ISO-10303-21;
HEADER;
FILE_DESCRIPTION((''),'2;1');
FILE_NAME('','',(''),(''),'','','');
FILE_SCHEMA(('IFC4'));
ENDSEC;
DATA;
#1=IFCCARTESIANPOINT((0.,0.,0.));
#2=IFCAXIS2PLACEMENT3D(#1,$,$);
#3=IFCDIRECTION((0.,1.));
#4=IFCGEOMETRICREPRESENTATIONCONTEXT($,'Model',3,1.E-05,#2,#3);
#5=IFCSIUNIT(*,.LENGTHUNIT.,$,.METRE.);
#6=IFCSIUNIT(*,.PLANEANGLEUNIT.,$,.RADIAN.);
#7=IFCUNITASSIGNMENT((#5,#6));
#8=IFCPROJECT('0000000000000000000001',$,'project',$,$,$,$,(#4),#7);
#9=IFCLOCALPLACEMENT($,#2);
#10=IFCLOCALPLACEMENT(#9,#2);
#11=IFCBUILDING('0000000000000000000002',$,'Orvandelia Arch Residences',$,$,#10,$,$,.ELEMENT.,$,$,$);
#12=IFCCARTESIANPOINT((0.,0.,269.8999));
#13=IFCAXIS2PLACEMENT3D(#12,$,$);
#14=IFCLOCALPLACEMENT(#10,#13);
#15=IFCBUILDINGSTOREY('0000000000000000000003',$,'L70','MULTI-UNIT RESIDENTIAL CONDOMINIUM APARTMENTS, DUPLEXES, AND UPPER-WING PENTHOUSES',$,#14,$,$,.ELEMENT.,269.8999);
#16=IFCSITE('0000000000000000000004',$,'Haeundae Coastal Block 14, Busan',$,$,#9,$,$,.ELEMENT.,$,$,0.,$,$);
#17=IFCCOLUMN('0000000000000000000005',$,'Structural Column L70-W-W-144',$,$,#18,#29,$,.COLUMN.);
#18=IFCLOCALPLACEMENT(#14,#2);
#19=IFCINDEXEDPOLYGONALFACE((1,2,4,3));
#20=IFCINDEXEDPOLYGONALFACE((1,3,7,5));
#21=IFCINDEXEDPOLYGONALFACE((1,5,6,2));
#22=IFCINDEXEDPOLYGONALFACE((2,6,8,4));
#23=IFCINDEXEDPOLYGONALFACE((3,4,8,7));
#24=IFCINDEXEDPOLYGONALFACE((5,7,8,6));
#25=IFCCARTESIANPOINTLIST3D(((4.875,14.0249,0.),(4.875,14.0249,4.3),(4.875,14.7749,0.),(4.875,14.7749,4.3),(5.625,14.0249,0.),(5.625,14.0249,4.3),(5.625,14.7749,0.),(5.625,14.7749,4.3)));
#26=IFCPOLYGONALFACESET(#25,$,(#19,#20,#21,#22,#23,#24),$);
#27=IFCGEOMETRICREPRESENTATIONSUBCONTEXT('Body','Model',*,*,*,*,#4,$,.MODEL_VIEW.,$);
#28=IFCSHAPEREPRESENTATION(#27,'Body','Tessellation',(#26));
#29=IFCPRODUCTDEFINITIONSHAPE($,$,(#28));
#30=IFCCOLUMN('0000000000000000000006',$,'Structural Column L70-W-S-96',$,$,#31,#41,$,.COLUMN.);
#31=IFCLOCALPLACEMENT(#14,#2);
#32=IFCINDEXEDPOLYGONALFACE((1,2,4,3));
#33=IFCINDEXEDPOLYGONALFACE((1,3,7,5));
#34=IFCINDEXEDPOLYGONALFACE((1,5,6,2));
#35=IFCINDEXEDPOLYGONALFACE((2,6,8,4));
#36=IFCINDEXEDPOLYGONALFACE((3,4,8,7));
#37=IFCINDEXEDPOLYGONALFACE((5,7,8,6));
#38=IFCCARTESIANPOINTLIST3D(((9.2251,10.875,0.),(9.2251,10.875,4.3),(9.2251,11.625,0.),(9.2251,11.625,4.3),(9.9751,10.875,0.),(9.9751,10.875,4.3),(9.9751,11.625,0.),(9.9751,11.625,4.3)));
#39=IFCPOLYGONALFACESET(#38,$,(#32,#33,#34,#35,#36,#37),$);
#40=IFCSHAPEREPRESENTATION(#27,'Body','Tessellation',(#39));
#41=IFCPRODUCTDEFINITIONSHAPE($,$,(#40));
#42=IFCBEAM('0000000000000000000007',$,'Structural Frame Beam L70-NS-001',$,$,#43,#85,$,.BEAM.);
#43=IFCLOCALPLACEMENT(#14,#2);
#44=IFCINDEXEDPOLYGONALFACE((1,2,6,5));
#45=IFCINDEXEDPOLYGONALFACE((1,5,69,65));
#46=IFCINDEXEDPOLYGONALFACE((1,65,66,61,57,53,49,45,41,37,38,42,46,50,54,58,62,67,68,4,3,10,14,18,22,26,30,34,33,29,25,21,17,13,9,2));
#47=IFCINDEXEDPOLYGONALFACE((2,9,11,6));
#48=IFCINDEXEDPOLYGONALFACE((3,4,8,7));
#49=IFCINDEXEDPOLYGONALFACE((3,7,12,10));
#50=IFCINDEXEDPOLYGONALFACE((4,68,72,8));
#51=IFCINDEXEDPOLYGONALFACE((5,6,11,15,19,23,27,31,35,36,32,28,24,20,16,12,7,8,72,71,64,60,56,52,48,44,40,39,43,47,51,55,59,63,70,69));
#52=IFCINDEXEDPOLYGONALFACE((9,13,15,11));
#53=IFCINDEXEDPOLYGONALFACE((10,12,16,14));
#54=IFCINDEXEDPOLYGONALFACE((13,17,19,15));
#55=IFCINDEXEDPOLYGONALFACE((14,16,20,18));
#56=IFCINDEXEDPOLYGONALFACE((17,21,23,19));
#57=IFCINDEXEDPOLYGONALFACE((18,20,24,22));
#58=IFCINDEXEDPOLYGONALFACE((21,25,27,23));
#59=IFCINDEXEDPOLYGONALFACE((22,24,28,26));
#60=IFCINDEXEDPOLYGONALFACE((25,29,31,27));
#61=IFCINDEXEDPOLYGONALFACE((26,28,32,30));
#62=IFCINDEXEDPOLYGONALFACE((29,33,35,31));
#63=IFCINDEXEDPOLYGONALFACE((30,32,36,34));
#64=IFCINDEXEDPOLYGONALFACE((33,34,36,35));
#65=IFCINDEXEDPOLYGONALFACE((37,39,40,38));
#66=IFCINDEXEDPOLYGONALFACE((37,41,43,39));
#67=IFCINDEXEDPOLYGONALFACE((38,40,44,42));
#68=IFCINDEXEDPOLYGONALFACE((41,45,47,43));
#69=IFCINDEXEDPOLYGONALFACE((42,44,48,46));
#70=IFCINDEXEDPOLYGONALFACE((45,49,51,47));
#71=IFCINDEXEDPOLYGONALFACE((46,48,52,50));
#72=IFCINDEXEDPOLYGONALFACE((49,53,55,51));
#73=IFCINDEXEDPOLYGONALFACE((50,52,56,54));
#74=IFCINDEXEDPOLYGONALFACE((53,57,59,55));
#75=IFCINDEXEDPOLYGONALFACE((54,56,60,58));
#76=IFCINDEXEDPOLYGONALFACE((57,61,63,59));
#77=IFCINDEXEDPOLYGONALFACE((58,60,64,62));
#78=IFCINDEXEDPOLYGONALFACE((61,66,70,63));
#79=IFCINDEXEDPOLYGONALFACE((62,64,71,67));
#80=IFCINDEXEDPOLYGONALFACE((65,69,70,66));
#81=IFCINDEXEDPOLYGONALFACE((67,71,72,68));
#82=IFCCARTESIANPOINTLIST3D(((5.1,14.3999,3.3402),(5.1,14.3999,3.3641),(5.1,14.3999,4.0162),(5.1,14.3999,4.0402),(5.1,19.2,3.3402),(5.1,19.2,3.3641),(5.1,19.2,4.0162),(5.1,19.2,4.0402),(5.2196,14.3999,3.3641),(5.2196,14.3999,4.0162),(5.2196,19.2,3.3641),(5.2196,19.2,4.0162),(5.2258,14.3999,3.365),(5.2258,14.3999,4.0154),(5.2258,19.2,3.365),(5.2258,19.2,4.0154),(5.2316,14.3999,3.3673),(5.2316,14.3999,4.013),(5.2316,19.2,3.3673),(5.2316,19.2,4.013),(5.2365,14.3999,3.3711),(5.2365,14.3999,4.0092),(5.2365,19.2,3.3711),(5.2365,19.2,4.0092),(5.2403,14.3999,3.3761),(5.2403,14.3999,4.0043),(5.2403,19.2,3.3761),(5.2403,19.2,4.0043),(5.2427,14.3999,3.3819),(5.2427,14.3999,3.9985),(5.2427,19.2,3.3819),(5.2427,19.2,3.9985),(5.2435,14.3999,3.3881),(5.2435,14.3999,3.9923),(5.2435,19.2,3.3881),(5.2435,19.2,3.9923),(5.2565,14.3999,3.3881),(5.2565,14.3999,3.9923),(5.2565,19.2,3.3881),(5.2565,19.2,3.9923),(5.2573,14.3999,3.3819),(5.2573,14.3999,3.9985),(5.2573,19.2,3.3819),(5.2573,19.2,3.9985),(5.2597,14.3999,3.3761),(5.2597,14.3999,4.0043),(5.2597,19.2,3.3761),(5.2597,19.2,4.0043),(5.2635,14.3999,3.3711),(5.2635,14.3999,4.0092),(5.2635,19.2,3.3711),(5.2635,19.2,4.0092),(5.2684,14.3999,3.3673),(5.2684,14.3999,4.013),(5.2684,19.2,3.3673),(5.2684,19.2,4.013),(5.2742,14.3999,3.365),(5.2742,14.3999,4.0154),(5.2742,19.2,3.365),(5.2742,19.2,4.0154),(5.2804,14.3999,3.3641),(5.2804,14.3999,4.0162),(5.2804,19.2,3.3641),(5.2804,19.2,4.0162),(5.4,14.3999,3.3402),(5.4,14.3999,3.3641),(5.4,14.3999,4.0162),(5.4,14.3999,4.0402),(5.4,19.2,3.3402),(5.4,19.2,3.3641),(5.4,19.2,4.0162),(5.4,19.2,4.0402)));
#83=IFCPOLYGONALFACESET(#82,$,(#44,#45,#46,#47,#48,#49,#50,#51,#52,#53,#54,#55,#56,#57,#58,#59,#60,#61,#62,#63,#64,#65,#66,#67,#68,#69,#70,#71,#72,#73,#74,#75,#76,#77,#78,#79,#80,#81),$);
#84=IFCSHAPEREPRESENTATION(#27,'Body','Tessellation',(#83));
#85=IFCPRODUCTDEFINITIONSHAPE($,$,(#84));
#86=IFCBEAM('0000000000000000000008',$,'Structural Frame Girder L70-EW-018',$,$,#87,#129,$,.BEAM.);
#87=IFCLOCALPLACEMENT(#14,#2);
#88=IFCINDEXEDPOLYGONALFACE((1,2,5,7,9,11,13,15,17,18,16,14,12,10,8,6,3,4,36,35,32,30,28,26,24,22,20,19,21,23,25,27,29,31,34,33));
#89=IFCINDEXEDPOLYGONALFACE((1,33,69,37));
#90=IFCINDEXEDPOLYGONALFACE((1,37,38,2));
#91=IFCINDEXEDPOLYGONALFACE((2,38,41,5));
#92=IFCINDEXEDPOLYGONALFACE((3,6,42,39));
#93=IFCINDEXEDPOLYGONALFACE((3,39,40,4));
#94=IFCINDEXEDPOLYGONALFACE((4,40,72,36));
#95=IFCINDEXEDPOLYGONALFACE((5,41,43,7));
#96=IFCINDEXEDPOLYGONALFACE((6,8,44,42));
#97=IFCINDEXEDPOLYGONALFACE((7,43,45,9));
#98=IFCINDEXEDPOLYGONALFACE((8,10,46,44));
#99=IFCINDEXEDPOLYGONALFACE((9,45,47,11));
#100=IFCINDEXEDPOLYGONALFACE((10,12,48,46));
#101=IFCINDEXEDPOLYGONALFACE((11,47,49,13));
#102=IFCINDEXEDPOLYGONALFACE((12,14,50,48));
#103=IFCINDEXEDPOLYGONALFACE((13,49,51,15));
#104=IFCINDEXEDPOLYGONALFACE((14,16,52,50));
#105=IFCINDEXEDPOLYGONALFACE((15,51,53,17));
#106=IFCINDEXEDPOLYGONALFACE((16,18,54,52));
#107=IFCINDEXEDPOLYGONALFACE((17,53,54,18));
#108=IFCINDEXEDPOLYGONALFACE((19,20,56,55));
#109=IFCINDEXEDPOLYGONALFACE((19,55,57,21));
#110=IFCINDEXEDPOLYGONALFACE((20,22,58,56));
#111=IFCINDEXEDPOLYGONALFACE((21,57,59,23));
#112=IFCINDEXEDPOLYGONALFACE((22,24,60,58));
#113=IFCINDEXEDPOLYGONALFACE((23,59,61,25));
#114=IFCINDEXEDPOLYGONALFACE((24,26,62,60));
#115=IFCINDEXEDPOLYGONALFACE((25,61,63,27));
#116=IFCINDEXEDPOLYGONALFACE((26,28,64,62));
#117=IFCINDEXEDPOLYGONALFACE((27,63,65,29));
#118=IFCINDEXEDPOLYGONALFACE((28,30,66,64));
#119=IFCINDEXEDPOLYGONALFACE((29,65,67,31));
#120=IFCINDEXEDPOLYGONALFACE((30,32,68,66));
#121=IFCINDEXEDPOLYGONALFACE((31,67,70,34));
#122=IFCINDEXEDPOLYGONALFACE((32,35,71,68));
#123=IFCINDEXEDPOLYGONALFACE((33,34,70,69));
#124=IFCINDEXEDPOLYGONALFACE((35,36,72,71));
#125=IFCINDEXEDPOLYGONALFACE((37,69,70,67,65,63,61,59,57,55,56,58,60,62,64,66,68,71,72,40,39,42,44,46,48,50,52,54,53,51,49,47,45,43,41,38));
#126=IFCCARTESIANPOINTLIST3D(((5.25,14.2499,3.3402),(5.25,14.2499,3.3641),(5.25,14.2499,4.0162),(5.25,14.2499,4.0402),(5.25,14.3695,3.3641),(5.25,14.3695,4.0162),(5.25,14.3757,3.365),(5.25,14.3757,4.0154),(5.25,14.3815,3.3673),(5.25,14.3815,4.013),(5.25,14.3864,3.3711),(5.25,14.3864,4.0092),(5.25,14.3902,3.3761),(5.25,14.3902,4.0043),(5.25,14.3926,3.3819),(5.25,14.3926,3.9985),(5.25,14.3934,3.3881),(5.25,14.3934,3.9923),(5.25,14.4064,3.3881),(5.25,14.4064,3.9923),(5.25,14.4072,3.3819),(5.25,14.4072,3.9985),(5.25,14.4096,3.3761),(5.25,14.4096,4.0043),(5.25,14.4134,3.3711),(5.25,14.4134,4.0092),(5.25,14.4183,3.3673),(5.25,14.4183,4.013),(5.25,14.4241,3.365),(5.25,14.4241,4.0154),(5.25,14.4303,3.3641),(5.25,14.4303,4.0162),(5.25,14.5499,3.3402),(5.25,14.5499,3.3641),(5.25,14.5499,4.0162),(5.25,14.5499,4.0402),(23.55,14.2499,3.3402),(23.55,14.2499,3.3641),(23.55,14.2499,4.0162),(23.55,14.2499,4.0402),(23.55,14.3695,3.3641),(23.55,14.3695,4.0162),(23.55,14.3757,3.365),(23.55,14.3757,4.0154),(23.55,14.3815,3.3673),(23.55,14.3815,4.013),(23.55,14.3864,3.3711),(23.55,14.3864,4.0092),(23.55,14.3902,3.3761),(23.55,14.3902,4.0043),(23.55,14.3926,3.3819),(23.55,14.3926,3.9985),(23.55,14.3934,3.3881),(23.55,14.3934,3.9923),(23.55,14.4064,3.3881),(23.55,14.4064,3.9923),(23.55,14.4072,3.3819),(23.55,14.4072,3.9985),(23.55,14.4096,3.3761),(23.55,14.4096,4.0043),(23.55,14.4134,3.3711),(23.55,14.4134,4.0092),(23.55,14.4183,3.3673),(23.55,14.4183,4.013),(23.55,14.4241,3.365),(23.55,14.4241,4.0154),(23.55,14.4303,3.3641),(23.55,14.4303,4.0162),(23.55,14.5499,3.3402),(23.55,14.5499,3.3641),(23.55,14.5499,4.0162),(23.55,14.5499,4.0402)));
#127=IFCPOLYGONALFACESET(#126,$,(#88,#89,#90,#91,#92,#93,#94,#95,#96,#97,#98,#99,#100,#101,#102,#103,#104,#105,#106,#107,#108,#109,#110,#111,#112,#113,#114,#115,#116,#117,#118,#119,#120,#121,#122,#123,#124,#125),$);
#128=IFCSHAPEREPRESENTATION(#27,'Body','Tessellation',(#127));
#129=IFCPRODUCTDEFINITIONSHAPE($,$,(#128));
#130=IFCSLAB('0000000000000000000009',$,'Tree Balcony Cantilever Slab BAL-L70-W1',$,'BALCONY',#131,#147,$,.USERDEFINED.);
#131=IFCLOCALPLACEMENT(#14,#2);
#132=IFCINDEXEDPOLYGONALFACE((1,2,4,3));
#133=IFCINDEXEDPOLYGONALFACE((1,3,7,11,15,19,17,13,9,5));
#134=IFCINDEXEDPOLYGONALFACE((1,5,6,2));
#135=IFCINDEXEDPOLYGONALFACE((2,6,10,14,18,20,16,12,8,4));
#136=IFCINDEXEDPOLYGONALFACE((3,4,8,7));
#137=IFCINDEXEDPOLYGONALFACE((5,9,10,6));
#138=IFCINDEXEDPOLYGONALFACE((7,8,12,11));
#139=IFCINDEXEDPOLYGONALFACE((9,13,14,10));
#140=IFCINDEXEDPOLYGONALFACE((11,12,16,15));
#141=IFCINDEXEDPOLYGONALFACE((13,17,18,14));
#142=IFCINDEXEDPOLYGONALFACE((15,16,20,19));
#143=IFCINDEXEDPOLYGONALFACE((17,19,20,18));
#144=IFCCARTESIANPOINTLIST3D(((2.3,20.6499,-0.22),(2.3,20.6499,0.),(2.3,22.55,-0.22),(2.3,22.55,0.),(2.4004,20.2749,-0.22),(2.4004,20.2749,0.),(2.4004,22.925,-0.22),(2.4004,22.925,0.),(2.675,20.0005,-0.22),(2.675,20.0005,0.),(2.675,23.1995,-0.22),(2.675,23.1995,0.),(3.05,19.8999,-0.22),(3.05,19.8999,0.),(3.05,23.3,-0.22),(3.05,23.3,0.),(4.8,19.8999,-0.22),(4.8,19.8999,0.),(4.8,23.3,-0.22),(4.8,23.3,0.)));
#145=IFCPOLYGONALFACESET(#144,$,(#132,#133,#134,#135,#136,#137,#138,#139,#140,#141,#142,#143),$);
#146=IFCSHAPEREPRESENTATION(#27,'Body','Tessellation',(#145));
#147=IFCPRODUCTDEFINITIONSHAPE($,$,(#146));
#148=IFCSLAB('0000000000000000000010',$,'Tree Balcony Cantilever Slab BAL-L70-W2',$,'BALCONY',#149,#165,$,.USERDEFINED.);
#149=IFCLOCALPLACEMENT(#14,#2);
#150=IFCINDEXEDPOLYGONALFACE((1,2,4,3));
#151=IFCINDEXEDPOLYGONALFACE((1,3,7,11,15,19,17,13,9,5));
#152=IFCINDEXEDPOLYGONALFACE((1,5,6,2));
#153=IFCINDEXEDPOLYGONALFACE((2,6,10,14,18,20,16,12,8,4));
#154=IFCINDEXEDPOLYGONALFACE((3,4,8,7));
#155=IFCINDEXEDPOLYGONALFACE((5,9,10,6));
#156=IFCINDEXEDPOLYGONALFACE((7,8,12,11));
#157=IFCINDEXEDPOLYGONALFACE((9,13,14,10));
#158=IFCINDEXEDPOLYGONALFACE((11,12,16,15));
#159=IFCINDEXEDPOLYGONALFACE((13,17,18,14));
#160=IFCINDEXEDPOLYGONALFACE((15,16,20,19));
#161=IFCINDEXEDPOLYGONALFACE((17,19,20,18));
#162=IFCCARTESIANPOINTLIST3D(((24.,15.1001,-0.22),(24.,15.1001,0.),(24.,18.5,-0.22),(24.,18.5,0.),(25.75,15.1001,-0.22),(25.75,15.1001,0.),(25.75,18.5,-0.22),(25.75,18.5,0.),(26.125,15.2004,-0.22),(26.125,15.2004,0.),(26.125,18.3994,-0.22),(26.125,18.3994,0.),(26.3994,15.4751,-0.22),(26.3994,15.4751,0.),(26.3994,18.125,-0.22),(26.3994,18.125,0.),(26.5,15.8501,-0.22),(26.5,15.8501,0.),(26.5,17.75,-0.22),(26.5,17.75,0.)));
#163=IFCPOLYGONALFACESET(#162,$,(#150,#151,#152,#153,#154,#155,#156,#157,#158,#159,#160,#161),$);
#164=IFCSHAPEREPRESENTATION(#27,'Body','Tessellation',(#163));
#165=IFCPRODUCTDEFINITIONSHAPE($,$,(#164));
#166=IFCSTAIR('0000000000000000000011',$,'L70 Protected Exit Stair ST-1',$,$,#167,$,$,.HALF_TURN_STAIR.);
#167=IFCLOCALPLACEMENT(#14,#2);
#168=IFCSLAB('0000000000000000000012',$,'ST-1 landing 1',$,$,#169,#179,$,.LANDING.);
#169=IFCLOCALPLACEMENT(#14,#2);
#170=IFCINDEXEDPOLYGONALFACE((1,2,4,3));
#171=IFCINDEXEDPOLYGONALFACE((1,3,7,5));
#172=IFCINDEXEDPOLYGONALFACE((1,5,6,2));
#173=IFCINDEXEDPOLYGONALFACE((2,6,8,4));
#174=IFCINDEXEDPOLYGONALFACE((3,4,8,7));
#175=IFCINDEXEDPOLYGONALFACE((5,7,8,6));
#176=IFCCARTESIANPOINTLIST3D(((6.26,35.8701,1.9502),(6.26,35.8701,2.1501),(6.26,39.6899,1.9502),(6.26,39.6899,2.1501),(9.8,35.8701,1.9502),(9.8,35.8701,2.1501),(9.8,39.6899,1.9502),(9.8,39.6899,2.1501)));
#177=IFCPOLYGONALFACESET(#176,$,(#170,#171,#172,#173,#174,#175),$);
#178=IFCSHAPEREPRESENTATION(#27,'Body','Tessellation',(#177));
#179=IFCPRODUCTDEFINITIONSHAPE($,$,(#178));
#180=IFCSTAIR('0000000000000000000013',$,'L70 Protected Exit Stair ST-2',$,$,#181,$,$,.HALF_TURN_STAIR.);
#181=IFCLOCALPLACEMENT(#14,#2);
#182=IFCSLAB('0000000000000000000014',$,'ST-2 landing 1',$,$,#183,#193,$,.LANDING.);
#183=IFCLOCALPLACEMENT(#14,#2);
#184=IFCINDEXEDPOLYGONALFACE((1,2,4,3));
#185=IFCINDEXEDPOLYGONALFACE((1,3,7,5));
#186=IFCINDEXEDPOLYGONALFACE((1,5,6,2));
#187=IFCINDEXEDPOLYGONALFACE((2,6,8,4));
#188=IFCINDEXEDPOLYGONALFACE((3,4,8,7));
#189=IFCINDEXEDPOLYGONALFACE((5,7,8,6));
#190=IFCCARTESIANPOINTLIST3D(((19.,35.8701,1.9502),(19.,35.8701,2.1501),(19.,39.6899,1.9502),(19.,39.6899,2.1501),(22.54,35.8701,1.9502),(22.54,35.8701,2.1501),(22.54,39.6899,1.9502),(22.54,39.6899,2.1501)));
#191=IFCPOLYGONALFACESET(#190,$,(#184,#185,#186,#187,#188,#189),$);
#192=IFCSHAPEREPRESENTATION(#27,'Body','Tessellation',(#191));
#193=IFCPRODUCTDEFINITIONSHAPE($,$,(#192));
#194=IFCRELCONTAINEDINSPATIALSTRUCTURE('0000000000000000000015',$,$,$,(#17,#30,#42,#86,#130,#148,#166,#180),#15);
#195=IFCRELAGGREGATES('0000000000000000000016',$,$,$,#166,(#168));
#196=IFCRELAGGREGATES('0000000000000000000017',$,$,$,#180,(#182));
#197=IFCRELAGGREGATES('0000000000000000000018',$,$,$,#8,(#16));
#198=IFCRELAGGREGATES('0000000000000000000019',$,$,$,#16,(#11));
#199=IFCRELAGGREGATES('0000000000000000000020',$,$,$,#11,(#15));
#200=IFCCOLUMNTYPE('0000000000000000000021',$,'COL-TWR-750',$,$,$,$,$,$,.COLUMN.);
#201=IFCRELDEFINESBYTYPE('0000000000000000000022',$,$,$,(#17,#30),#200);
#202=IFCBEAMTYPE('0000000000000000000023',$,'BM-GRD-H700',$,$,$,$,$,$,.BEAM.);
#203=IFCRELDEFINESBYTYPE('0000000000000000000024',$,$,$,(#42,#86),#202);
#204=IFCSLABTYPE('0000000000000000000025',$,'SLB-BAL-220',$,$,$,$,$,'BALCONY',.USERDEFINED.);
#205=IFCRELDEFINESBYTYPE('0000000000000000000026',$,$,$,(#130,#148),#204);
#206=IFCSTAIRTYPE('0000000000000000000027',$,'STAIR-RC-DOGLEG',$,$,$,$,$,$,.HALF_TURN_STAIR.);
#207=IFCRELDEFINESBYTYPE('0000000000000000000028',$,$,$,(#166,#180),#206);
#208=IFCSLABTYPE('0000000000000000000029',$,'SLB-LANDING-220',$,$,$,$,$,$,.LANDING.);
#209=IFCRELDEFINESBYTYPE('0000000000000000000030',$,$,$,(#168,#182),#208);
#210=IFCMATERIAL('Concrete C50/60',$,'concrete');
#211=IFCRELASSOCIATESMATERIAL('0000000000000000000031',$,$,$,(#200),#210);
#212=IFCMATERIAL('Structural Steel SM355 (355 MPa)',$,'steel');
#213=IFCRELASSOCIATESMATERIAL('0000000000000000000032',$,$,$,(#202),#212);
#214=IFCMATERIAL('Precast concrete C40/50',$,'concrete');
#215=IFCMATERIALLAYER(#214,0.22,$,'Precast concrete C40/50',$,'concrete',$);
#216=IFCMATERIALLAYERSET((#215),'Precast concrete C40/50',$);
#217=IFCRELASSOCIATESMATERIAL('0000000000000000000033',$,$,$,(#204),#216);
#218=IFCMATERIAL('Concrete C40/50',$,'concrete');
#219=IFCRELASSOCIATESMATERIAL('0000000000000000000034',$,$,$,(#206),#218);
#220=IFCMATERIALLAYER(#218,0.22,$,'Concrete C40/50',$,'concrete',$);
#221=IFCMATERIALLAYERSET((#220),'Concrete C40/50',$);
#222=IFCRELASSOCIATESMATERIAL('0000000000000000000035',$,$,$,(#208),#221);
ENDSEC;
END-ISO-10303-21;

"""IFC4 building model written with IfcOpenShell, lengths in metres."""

from ifc_helpers import new_model, si_unit, direction, frame, origin, origin_2d, place, context, subcontext, project, spatial, polyline, rectangle, i_section, outline, extrude, material, layer, layer_set, material_profile, profile_set, type_object, element, aggregate, save


model = new_model("IFC4")

# Units and contexts
model_context = context("Model", 3, precision=1e-05, world=origin(), true_north=direction((0.0, 1.0)))
body_context = subcontext(model_context, "Body", "Model", "MODEL_VIEW")
ifc_project = project(units=[si_unit("LENGTHUNIT", "METRE"), si_unit("PLANEANGLEUNIT", "RADIAN")], contexts=[model_context])

# Site, building, storey
site_placement = place(None, origin())
site = spatial("IfcSite", under=ifc_project, at=site_placement, Name="Haeundae Coastal Block 14, Busan", CompositionType="ELEMENT", RefElevation=0.0)
building_placement = place(site_placement, origin())
building = spatial("IfcBuilding", under=site, at=building_placement, Name="Orvandelia Arch Residences", CompositionType="ELEMENT")
storey_placement = place(building_placement, frame((0.0, 0.0, 269.8999)))
storey = spatial("IfcBuildingStorey", under=building, at=storey_placement, Name="L70", Description="MULTI-UNIT RESIDENTIAL CONDOMINIUM APARTMENTS, DUPLEXES, AND UPPER-WING PENTHOUSES", CompositionType="ELEMENT", Elevation=269.8999)

# Columns
ifc_material_1 = material(Name="Concrete C50/60", Category="concrete")
ifc_material_profile_1 = material_profile(ifc_material_1, rectangle(XDim=0.75, YDim=0.75, at=origin_2d()), Name="Concrete C50/60", Category="concrete")
ifc_profile_set_1 = profile_set([ifc_material_profile_1], Name="Concrete C50/60")
column_type = type_object("IfcColumnType", Name="COL-TWR-750", PredefinedType="COLUMN", material=ifc_profile_set_1)
for number, where, z_axis, x_axis, name in (
    (1, (5.25, 14.3999, 0.0), (0.0, 0.0, 1.0), (1.0, 0.0, 0.0), "Structural Column L70-W-W-144"),
    (2, (9.6001, 11.25, 0.0), (0.0, 0.0, 1.0), (1.0, 0.0, 0.0), "Structural Column L70-W-S-96"),
):
    element("IfcColumn", number, at=place(storey_placement, frame(where, z_axis=z_axis, x_axis=x_axis)), inside=storey, type_object=column_type, Name=name, PredefinedType="COLUMN", context=body_context, shape_type="SweptSolid", body=[
        extrude(rectangle(XDim=0.75, YDim=0.75, at=origin_2d()), origin(), (0.0, 0.0, 1.0), 4.3),
    ])

# Beams
ifc_material_2 = material(Name="Structural Steel SM355 (355 MPa)", Category="steel")
ifc_material_profile_2 = material_profile(ifc_material_2, i_section(OverallWidth=0.3, OverallDepth=0.7, WebThickness=0.0129, FlangeThickness=0.0239, FilletRadius=0.0239, at=origin_2d()), Name="Structural Steel SM355 (355 MPa)", Category="steel")
ifc_profile_set_2 = profile_set([ifc_material_profile_2], Name="Structural Steel SM355 (355 MPa)")
beam_type = type_object("IfcBeamType", Name="BM-GRD-H700", PredefinedType="BEAM", material=ifc_profile_set_2)
beam_1_placement = place(storey_placement, frame((5.25, 14.3999, 3.6902), z_axis=(0.0, 1.0, 0.0), x_axis=(-1.0, 0.0, 0.0)))
element("IfcBeam", 3, at=beam_1_placement, inside=storey, type_object=beam_type, Name="Structural Frame Beam L70-NS-001", PredefinedType="BEAM", context=body_context, shape_type="SweptSolid", body=[
    extrude(i_section(OverallWidth=0.3, OverallDepth=0.7, WebThickness=0.0129, FlangeThickness=0.0239, FilletRadius=0.0239, at=origin_2d()), origin(), (0.0, 0.0, 1.0), 4.8),
])
beam_2_placement = place(storey_placement, frame((5.25, 14.3999, 3.6902), z_axis=(1.0, 0.0, 0.0), x_axis=(0.0, 1.0, 0.0)))
element("IfcBeam", 4, at=beam_2_placement, inside=storey, type_object=beam_type, Name="Structural Frame Girder L70-EW-018", PredefinedType="BEAM", context=body_context, shape_type="SweptSolid", body=[
    extrude(i_section(OverallWidth=0.3, OverallDepth=0.7, WebThickness=0.0129, FlangeThickness=0.0239, FilletRadius=0.0239, at=origin_2d()), origin(), (0.0, 0.0, 1.0), 18.3),
])

# Slabs
ifc_material_3 = material(Name="Precast concrete C40/50", Category="concrete")
ifc_layer_1 = layer(ifc_material_3, 0.22, Name="Precast concrete C40/50", Category="concrete")
ifc_layer_set_1 = layer_set([ifc_layer_1], Name="Precast concrete C40/50")
slab_type_1 = type_object("IfcSlabType", Name="SLB-BAL-220", ElementType="BALCONY", PredefinedType="USERDEFINED", material=ifc_layer_set_1)
slab_1_placement = place(storey_placement, frame((0.0, 0.0, -0.22)))
element("IfcSlab", 5, at=slab_1_placement, inside=storey, type_object=slab_type_1, Name="Tree Balcony Cantilever Slab BAL-L70-W1", ObjectType="BALCONY", PredefinedType="USERDEFINED", context=body_context, shape_type="SweptSolid", body=[
    extrude(outline(polyline([(4.8, 19.8999), (4.8, 23.3), (3.05, 23.3), (2.675, 23.1995), (2.4004, 22.925), (2.3, 22.55), (2.3, 20.6499), (2.4004, 20.2749), (2.675, 20.0005), (3.05, 19.8999), (4.8, 19.8999)])), origin(), (0.0, 0.0, 1.0), 0.22),
])
slab_2_placement = place(storey_placement, frame((0.0, 0.0, -0.22)))
element("IfcSlab", 6, at=slab_2_placement, inside=storey, type_object=slab_type_1, Name="Tree Balcony Cantilever Slab BAL-L70-W2", ObjectType="BALCONY", PredefinedType="USERDEFINED", context=body_context, shape_type="SweptSolid", body=[
    extrude(outline(polyline([(24.0, 18.5), (24.0, 15.1001), (25.75, 15.1001), (26.125, 15.2004), (26.3994, 15.4751), (26.5, 15.8501), (26.5, 17.75), (26.3994, 18.125), (26.125, 18.3994), (25.75, 18.5), (24.0, 18.5)])), origin(), (0.0, 0.0, 1.0), 0.22),
])

# Stairs, slabs
ifc_material_4 = material(Name="Concrete C40/50", Category="concrete")
stair_type = type_object("IfcStairType", Name="STAIR-RC-DOGLEG", PredefinedType="HALF_TURN_STAIR", material=ifc_material_4)
stair_1_placement = place(storey_placement, origin())
stair_1 = element("IfcStair", 7, at=stair_1_placement, inside=storey, type_object=stair_type, Name="L70 Protected Exit Stair ST-1", PredefinedType="HALF_TURN_STAIR")
ifc_layer_2 = layer(ifc_material_4, 0.22, Name="Concrete C40/50", Category="concrete")
ifc_layer_set_2 = layer_set([ifc_layer_2], Name="Concrete C40/50")
slab_type_2 = type_object("IfcSlabType", Name="SLB-LANDING-220", PredefinedType="LANDING", material=ifc_layer_set_2)
slab_3_placement = place(storey_placement, frame((0.0, 0.0, 1.9502)))
slab_3 = element("IfcSlab", 8, at=slab_3_placement, type_object=slab_type_2, Name="ST-1 landing 1", PredefinedType="LANDING", context=body_context, shape_type="SweptSolid", body=[
    extrude(outline(polyline([(9.8, 35.8701), (9.8, 39.6899), (6.26, 39.6899), (6.26, 35.8701), (9.8, 35.8701)])), origin(), (0.0, 0.0, 1.0), 0.2),
])
aggregate(stair_1, [slab_3])
stair_2_placement = place(storey_placement, origin())
stair_2 = element("IfcStair", 9, at=stair_2_placement, inside=storey, type_object=stair_type, Name="L70 Protected Exit Stair ST-2", PredefinedType="HALF_TURN_STAIR")
slab_4_placement = place(storey_placement, frame((0.0, 0.0, 1.9502)))
slab_4 = element("IfcSlab", 10, at=slab_4_placement, type_object=slab_type_2, Name="ST-2 landing 1", PredefinedType="LANDING", context=body_context, shape_type="SweptSolid", body=[
    extrude(outline(polyline([(22.54, 35.8701), (22.54, 39.6899), (19.0, 39.6899), (19.0, 35.8701), (22.54, 35.8701)])), origin(), (0.0, 0.0, 1.0), 0.2),
])
aggregate(stair_2, [slab_4])

save(model, "model.ifc")
